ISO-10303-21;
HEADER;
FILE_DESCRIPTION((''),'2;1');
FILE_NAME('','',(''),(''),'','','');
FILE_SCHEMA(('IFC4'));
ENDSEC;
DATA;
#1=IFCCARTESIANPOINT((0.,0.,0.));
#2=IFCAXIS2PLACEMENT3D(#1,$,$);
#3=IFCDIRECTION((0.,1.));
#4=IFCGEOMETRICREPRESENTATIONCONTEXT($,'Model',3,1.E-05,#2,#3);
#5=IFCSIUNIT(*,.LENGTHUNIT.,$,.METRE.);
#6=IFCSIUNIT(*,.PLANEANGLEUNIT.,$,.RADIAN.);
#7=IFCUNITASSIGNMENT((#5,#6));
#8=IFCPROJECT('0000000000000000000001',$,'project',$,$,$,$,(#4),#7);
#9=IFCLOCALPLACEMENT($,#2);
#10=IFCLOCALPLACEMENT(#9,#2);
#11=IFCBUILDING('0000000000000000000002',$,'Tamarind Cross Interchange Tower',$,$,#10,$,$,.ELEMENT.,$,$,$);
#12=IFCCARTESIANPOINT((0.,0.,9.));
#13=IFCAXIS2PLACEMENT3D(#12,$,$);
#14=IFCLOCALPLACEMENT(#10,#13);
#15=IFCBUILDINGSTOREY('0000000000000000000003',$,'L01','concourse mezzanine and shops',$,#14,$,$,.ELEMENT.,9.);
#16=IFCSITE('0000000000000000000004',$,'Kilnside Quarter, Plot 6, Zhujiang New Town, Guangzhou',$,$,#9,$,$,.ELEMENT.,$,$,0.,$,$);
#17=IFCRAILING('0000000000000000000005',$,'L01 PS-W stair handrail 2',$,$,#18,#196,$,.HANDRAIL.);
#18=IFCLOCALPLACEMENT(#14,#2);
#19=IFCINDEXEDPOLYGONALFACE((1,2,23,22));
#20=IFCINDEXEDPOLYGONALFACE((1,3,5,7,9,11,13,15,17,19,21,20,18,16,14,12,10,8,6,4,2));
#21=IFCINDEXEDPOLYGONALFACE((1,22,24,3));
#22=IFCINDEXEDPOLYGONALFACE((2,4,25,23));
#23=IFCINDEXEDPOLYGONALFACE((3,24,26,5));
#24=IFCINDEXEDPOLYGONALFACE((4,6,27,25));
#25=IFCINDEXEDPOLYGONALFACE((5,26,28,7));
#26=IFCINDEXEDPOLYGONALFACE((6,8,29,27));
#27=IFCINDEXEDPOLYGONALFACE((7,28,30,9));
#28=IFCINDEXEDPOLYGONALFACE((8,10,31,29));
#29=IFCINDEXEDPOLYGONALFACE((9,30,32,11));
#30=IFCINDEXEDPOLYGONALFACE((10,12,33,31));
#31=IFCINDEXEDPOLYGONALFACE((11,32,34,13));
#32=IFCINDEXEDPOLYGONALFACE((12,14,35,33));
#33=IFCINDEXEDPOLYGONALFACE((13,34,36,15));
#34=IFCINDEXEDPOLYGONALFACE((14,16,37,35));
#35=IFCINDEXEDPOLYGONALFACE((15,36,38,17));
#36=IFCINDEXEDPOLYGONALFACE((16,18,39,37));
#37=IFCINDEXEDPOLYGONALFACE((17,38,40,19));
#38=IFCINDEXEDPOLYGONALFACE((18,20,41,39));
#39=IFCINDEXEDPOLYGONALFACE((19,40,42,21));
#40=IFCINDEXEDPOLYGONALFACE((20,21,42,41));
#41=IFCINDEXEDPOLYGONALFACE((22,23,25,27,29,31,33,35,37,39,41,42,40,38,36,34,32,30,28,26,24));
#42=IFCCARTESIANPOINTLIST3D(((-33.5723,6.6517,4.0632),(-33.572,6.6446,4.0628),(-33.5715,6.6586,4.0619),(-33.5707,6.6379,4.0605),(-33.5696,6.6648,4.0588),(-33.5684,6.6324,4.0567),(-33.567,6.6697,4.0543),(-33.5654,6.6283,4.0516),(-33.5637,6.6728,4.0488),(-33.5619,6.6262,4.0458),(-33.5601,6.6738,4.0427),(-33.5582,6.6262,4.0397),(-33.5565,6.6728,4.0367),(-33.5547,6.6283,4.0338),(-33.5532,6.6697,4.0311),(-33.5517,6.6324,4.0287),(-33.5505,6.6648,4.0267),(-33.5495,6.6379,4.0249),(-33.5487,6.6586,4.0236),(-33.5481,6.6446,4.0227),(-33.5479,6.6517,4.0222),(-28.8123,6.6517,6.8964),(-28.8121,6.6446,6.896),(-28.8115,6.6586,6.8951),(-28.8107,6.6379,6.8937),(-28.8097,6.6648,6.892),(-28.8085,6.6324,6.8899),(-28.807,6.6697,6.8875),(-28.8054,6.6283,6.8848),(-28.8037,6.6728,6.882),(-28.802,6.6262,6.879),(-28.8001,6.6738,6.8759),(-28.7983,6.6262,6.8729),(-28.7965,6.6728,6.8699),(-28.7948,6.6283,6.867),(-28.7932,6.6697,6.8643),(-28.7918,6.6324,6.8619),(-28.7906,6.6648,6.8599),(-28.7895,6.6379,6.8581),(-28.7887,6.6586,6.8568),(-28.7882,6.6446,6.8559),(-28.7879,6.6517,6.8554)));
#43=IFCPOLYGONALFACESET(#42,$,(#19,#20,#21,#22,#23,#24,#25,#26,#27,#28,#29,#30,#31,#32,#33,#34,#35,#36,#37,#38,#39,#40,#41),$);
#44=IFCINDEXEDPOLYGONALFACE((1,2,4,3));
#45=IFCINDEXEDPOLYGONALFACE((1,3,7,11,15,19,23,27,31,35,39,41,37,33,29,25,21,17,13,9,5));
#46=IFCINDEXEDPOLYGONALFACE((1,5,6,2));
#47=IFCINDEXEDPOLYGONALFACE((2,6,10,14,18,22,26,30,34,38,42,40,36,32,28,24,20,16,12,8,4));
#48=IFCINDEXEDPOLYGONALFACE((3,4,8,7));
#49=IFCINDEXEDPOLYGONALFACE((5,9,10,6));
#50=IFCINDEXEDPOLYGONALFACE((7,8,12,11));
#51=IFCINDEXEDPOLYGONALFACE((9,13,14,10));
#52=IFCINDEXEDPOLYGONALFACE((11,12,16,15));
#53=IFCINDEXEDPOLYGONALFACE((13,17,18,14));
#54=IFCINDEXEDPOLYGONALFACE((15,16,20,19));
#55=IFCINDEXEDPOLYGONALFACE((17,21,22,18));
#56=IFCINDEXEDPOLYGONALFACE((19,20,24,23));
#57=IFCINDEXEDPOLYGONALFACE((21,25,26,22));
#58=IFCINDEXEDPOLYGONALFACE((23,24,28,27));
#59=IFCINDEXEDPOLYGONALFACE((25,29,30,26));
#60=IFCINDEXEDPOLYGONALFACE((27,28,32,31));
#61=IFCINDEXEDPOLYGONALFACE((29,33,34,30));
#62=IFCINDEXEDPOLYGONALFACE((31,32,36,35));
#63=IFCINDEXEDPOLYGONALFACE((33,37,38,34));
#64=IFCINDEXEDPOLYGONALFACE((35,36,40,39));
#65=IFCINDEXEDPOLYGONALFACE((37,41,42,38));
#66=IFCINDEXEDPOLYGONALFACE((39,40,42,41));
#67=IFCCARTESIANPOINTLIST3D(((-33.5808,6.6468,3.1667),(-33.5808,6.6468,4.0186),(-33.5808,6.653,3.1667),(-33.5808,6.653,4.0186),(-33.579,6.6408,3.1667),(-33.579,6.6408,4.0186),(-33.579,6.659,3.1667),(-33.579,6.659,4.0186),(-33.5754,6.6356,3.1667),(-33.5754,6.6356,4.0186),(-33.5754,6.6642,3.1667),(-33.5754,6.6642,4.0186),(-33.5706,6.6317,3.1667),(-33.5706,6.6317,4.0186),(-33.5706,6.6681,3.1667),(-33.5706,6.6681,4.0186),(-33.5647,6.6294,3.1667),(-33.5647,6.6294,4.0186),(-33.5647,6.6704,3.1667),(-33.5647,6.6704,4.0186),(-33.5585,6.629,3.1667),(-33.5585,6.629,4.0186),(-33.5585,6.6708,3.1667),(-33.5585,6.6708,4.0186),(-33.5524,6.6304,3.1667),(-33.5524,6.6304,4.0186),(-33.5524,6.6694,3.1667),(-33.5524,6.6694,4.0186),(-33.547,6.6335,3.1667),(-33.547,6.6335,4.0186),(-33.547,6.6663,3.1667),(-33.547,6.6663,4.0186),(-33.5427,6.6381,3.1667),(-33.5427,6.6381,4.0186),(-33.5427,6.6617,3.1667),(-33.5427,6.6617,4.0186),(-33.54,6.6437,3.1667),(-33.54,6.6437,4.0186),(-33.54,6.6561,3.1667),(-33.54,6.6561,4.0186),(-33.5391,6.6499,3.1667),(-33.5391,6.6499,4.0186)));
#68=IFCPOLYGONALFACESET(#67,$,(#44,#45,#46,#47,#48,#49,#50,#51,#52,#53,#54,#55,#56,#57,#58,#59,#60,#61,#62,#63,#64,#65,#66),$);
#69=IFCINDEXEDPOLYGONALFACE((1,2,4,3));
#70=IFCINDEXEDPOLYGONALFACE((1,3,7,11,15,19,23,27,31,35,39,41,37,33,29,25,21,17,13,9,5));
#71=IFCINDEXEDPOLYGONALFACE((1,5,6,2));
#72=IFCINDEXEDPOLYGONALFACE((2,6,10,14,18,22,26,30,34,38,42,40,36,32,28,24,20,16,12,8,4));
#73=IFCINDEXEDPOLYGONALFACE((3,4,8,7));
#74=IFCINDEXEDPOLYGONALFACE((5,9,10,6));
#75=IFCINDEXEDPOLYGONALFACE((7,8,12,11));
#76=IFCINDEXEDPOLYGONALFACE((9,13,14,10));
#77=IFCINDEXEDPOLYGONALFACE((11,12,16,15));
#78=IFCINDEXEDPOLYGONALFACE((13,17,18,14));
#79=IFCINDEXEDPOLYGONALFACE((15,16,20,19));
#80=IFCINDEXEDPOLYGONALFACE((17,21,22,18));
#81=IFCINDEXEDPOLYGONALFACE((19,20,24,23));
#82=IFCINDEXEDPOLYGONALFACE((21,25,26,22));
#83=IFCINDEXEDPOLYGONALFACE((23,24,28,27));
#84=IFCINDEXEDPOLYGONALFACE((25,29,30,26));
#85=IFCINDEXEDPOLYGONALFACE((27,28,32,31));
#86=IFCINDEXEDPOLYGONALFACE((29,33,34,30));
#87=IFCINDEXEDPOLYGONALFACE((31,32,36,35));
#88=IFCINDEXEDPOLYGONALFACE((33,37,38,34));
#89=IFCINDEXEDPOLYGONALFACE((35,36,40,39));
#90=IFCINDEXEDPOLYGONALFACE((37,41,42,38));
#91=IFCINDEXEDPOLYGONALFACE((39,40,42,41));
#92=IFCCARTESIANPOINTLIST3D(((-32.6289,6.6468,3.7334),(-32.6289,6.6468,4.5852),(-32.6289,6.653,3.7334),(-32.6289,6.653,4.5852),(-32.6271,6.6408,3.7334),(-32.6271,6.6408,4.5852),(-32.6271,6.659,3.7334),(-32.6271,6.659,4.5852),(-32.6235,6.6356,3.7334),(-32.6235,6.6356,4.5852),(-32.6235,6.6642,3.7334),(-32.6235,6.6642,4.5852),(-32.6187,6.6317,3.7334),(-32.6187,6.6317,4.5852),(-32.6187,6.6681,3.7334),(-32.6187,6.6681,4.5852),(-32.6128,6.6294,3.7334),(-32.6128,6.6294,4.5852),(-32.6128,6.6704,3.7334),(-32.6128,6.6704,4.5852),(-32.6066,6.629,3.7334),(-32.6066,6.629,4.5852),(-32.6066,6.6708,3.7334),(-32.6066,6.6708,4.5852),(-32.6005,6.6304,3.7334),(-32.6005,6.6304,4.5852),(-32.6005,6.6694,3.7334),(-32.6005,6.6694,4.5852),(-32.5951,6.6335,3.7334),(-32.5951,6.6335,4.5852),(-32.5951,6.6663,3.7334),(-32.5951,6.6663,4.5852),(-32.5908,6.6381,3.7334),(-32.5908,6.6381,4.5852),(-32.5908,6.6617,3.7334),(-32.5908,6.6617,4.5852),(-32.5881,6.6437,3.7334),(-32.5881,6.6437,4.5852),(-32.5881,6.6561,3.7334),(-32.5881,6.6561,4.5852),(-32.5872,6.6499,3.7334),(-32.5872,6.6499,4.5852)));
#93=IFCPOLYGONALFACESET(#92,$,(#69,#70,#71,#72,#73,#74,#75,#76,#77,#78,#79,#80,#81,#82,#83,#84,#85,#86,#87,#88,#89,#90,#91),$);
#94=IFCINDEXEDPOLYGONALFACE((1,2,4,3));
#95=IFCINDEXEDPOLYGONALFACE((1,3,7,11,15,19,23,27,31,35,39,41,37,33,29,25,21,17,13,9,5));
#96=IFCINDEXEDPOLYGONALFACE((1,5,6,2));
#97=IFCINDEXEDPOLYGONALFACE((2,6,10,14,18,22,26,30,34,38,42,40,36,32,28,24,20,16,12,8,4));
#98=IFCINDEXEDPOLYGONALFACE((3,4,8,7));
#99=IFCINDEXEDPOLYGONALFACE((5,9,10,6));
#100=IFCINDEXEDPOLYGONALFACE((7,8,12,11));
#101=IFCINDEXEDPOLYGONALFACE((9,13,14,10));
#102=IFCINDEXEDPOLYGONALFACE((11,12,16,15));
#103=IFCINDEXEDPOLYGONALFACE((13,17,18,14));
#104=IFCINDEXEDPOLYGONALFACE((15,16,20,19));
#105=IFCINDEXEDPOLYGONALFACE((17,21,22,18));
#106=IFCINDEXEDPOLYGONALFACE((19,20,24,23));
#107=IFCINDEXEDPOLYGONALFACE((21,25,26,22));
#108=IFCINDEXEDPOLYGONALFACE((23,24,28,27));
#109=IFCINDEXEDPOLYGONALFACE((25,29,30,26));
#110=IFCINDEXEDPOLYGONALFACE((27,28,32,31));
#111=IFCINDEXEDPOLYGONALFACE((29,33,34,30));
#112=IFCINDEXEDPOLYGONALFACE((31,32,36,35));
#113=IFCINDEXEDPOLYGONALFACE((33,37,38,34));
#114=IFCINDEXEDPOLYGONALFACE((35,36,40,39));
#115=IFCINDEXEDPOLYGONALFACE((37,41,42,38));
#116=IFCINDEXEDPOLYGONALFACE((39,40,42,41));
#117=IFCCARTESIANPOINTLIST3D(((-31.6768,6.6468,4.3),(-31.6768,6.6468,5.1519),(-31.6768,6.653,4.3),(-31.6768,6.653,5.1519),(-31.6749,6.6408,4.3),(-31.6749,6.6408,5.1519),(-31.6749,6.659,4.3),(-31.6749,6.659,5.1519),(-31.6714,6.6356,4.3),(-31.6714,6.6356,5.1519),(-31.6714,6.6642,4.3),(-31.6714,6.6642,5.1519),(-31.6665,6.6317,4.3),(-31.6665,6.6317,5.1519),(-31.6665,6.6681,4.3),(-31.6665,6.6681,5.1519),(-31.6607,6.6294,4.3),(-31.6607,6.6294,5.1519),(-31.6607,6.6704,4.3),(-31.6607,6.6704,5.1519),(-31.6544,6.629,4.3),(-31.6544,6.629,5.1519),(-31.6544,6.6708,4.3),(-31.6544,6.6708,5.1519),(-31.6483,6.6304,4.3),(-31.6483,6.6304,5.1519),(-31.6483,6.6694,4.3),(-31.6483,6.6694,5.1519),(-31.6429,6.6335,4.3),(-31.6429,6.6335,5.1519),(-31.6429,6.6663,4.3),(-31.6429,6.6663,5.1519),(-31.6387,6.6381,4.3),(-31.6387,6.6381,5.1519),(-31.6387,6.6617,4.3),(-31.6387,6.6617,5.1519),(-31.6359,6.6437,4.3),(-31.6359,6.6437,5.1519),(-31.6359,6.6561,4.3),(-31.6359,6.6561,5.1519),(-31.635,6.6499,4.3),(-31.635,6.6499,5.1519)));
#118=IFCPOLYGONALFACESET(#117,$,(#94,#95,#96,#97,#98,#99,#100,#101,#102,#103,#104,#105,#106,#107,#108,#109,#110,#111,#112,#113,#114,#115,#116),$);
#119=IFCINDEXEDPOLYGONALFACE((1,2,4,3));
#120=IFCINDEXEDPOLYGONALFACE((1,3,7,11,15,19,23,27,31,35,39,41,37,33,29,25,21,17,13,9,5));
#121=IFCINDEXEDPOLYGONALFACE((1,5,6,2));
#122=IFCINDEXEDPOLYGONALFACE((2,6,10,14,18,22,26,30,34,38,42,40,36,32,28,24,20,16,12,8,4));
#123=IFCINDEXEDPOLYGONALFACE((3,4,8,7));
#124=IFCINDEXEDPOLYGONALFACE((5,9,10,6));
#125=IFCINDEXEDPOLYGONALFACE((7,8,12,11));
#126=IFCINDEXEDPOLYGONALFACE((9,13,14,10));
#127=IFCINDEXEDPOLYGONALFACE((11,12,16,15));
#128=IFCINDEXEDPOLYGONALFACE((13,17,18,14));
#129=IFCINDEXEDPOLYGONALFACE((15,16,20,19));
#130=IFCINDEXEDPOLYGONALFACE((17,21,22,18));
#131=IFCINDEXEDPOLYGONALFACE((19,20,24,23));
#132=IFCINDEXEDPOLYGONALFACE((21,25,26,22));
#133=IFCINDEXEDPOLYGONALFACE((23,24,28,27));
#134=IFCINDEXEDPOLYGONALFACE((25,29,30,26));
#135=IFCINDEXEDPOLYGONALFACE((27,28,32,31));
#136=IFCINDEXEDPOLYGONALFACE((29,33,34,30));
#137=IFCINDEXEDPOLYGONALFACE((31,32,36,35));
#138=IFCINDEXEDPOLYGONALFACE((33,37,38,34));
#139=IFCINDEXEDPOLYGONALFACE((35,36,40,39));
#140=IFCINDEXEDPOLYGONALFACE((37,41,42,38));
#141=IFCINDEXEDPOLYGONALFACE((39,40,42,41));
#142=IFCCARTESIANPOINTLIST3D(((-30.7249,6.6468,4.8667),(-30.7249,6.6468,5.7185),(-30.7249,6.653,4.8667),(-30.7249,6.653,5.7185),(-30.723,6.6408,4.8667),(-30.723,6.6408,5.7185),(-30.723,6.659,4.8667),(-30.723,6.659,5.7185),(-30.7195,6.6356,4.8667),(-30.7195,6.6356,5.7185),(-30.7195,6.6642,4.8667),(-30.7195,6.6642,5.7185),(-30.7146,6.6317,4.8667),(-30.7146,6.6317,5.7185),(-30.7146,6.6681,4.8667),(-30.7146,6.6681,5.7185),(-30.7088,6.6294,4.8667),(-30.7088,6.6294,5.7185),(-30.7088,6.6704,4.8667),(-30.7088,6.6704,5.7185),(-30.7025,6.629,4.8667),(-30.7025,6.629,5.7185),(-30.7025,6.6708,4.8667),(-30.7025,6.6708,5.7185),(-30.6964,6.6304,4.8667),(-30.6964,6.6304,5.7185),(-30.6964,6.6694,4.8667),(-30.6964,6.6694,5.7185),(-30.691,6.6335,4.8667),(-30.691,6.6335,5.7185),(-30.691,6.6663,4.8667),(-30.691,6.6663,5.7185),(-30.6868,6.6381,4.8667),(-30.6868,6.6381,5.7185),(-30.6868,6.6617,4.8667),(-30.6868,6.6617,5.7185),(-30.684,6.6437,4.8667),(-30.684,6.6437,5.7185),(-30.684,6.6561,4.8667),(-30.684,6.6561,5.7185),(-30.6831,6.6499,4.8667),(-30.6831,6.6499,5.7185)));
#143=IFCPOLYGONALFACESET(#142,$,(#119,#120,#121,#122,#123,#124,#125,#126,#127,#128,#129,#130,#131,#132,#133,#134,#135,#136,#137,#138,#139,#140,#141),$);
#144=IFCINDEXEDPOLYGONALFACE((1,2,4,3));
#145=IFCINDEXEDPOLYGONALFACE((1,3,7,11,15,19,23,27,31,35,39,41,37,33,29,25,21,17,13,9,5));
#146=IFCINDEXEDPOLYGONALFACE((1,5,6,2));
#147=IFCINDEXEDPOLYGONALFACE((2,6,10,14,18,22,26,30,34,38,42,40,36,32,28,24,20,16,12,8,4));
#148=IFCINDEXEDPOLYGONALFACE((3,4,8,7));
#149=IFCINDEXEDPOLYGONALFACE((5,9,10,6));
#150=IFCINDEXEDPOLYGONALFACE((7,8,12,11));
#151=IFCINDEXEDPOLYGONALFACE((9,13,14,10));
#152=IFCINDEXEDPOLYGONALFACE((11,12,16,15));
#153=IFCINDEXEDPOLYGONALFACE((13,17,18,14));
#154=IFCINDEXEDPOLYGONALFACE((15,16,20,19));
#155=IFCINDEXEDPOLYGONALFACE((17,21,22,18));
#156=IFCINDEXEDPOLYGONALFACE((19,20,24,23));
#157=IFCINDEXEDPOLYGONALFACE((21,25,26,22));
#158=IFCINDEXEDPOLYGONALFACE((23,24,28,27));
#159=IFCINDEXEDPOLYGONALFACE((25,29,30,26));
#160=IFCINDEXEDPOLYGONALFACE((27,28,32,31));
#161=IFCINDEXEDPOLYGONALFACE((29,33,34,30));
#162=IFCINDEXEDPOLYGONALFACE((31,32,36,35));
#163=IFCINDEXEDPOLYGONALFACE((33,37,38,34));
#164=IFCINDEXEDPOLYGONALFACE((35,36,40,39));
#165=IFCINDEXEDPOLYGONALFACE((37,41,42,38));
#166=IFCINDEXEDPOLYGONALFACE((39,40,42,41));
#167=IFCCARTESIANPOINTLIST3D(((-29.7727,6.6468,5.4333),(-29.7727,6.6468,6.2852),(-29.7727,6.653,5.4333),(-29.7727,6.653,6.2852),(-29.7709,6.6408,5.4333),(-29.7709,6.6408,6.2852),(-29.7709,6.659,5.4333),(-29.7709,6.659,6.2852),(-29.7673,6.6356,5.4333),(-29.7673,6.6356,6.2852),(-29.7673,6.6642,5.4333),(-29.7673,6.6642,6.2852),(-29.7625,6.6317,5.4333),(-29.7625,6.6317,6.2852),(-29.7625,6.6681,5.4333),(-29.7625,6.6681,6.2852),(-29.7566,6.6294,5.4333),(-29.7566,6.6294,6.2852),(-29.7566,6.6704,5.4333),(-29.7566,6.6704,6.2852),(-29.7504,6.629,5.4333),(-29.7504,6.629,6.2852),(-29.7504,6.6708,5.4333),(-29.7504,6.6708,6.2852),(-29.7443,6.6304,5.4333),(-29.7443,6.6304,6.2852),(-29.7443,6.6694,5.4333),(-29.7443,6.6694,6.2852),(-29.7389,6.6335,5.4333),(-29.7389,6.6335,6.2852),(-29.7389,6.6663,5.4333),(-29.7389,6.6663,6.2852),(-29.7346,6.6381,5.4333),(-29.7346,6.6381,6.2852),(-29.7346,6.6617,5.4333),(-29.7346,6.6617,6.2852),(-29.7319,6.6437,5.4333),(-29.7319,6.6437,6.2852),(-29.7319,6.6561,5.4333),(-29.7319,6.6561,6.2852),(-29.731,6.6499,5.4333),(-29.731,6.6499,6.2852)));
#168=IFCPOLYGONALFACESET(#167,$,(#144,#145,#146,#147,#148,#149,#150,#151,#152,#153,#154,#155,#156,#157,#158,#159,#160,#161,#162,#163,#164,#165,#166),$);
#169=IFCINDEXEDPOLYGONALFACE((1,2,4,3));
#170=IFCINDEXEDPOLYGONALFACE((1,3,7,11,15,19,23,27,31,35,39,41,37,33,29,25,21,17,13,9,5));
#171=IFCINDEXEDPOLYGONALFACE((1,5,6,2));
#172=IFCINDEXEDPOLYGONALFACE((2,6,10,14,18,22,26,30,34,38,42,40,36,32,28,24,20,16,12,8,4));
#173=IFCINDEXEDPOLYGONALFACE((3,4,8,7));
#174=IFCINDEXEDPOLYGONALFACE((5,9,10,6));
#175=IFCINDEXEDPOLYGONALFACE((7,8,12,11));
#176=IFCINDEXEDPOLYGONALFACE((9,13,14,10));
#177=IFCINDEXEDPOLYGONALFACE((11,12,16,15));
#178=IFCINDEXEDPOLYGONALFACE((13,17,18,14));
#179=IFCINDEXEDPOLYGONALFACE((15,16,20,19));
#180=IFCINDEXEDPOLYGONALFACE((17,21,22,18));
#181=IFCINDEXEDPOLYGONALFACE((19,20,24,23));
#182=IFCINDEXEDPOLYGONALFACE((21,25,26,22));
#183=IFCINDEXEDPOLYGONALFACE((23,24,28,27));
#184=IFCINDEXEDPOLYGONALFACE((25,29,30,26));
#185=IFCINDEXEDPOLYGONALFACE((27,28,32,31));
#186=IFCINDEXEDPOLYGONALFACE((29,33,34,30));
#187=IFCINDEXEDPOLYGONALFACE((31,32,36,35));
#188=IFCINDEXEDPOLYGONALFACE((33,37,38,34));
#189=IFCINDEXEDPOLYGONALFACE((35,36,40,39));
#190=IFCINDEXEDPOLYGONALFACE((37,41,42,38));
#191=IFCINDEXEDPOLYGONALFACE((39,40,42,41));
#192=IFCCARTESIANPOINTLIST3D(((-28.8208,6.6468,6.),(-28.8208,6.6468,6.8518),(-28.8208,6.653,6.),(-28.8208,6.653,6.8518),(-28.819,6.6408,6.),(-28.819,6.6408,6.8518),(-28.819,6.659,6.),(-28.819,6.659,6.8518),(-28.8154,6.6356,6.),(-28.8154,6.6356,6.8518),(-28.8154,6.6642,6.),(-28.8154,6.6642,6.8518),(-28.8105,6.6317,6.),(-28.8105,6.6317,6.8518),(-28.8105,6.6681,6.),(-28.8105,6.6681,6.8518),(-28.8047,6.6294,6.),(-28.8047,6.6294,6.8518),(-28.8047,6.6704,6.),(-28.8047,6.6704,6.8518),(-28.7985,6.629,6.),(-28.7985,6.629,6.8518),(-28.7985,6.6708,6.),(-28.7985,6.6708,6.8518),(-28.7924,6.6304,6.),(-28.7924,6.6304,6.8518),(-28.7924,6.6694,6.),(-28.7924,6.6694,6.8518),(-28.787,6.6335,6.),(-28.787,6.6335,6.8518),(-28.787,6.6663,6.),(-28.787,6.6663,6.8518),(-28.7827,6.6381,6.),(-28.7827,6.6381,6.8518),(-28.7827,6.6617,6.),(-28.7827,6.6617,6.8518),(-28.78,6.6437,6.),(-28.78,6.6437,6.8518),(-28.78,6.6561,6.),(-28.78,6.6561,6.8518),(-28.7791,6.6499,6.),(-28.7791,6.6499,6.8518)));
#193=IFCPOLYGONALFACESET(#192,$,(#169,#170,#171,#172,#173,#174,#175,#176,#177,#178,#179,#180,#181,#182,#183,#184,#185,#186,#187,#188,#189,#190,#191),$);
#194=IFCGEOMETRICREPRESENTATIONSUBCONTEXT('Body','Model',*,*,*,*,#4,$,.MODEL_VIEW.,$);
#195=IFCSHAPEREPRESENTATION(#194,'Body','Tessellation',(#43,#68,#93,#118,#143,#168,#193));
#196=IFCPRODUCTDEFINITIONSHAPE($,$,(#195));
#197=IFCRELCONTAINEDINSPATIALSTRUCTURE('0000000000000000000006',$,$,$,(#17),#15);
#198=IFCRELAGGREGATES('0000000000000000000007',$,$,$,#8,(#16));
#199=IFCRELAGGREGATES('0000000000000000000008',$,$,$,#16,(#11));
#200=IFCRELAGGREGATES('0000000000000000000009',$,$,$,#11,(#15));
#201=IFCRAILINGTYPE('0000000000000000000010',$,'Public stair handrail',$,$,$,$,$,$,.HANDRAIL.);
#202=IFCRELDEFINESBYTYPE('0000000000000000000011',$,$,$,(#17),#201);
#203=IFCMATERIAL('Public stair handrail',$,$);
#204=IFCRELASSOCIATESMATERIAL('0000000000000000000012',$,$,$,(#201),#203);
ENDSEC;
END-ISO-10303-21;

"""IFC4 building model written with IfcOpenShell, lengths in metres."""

from ifc_helpers import new_model, si_unit, direction, frame, origin, origin_2d, place, context, subcontext, project, spatial, circle, extrude, material, type_object, element, save


model = new_model("IFC4")

# Units and contexts
model_context = context("Model", 3, precision=1e-05, world=origin(), true_north=direction((0.0, 1.0)))
body_context = subcontext(model_context, "Body", "Model", "MODEL_VIEW")
ifc_project = project(units=[si_unit("LENGTHUNIT", "METRE"), si_unit("PLANEANGLEUNIT", "RADIAN")], contexts=[model_context])

# Site, building, storey
site_placement = place(None, origin())
site = spatial("IfcSite", under=ifc_project, at=site_placement, Name="Kilnside Quarter, Plot 6, Zhujiang New Town, Guangzhou", CompositionType="ELEMENT", RefElevation=0.0)
building_placement = place(site_placement, origin())
building = spatial("IfcBuilding", under=site, at=building_placement, Name="Tamarind Cross Interchange Tower", CompositionType="ELEMENT")
storey_placement = place(building_placement, frame((0.0, 0.0, 9.0)))
storey = spatial("IfcBuildingStorey", under=building, at=storey_placement, Name="L01", Description="concourse mezzanine and shops", CompositionType="ELEMENT", Elevation=9.0)

# Railing
ifc_material_1 = material(Name="Public stair handrail")
railing_type_1 = type_object("IfcRailingType", Name="Public stair handrail", PredefinedType="HANDRAIL", material=ifc_material_1)
railing_1_placement = place(storey_placement, frame((-33.5601, 6.6499, 3.1667)))
element("IfcRailing", 1, at=railing_1_placement, inside=storey, type_object=railing_type_1, Name="L01 PS-W stair handrail 2", PredefinedType="HANDRAIL", context=body_context, shape_type="SweptSolid", body=[
    extrude(circle(Radius=0.0239, at=origin_2d()), frame((0.0, 0.0, 0.876), z_axis=(0.8593, 0.0, 0.511472), x_axis=(0.0, 1.0, 0.0)), (0.0, 0.0, 1.0), 5.5393),
    extrude(circle(Radius=0.021, at=origin_2d()), origin(), (0.0, 0.0, 1.0), 0.8518),
    extrude(circle(Radius=0.021, at=origin_2d()), frame((0.9519, 0.0, 0.5667)), (0.0, 0.0, 1.0), 0.8518),
    extrude(circle(Radius=0.021, at=origin_2d()), frame((1.9041, 0.0, 1.1333)), (0.0, 0.0, 1.0), 0.8518),
    extrude(circle(Radius=0.021, at=origin_2d()), frame((2.856, 0.0, 1.7)), (0.0, 0.0, 1.0), 0.8518),
    extrude(circle(Radius=0.021, at=origin_2d()), frame((3.8081, 0.0, 2.2666)), (0.0, 0.0, 1.0), 0.8518),
    extrude(circle(Radius=0.021, at=origin_2d()), frame((4.76, 0.0, 2.8333)), (0.0, 0.0, 1.0), 0.8518),
])

save(model, "model.ifc")
